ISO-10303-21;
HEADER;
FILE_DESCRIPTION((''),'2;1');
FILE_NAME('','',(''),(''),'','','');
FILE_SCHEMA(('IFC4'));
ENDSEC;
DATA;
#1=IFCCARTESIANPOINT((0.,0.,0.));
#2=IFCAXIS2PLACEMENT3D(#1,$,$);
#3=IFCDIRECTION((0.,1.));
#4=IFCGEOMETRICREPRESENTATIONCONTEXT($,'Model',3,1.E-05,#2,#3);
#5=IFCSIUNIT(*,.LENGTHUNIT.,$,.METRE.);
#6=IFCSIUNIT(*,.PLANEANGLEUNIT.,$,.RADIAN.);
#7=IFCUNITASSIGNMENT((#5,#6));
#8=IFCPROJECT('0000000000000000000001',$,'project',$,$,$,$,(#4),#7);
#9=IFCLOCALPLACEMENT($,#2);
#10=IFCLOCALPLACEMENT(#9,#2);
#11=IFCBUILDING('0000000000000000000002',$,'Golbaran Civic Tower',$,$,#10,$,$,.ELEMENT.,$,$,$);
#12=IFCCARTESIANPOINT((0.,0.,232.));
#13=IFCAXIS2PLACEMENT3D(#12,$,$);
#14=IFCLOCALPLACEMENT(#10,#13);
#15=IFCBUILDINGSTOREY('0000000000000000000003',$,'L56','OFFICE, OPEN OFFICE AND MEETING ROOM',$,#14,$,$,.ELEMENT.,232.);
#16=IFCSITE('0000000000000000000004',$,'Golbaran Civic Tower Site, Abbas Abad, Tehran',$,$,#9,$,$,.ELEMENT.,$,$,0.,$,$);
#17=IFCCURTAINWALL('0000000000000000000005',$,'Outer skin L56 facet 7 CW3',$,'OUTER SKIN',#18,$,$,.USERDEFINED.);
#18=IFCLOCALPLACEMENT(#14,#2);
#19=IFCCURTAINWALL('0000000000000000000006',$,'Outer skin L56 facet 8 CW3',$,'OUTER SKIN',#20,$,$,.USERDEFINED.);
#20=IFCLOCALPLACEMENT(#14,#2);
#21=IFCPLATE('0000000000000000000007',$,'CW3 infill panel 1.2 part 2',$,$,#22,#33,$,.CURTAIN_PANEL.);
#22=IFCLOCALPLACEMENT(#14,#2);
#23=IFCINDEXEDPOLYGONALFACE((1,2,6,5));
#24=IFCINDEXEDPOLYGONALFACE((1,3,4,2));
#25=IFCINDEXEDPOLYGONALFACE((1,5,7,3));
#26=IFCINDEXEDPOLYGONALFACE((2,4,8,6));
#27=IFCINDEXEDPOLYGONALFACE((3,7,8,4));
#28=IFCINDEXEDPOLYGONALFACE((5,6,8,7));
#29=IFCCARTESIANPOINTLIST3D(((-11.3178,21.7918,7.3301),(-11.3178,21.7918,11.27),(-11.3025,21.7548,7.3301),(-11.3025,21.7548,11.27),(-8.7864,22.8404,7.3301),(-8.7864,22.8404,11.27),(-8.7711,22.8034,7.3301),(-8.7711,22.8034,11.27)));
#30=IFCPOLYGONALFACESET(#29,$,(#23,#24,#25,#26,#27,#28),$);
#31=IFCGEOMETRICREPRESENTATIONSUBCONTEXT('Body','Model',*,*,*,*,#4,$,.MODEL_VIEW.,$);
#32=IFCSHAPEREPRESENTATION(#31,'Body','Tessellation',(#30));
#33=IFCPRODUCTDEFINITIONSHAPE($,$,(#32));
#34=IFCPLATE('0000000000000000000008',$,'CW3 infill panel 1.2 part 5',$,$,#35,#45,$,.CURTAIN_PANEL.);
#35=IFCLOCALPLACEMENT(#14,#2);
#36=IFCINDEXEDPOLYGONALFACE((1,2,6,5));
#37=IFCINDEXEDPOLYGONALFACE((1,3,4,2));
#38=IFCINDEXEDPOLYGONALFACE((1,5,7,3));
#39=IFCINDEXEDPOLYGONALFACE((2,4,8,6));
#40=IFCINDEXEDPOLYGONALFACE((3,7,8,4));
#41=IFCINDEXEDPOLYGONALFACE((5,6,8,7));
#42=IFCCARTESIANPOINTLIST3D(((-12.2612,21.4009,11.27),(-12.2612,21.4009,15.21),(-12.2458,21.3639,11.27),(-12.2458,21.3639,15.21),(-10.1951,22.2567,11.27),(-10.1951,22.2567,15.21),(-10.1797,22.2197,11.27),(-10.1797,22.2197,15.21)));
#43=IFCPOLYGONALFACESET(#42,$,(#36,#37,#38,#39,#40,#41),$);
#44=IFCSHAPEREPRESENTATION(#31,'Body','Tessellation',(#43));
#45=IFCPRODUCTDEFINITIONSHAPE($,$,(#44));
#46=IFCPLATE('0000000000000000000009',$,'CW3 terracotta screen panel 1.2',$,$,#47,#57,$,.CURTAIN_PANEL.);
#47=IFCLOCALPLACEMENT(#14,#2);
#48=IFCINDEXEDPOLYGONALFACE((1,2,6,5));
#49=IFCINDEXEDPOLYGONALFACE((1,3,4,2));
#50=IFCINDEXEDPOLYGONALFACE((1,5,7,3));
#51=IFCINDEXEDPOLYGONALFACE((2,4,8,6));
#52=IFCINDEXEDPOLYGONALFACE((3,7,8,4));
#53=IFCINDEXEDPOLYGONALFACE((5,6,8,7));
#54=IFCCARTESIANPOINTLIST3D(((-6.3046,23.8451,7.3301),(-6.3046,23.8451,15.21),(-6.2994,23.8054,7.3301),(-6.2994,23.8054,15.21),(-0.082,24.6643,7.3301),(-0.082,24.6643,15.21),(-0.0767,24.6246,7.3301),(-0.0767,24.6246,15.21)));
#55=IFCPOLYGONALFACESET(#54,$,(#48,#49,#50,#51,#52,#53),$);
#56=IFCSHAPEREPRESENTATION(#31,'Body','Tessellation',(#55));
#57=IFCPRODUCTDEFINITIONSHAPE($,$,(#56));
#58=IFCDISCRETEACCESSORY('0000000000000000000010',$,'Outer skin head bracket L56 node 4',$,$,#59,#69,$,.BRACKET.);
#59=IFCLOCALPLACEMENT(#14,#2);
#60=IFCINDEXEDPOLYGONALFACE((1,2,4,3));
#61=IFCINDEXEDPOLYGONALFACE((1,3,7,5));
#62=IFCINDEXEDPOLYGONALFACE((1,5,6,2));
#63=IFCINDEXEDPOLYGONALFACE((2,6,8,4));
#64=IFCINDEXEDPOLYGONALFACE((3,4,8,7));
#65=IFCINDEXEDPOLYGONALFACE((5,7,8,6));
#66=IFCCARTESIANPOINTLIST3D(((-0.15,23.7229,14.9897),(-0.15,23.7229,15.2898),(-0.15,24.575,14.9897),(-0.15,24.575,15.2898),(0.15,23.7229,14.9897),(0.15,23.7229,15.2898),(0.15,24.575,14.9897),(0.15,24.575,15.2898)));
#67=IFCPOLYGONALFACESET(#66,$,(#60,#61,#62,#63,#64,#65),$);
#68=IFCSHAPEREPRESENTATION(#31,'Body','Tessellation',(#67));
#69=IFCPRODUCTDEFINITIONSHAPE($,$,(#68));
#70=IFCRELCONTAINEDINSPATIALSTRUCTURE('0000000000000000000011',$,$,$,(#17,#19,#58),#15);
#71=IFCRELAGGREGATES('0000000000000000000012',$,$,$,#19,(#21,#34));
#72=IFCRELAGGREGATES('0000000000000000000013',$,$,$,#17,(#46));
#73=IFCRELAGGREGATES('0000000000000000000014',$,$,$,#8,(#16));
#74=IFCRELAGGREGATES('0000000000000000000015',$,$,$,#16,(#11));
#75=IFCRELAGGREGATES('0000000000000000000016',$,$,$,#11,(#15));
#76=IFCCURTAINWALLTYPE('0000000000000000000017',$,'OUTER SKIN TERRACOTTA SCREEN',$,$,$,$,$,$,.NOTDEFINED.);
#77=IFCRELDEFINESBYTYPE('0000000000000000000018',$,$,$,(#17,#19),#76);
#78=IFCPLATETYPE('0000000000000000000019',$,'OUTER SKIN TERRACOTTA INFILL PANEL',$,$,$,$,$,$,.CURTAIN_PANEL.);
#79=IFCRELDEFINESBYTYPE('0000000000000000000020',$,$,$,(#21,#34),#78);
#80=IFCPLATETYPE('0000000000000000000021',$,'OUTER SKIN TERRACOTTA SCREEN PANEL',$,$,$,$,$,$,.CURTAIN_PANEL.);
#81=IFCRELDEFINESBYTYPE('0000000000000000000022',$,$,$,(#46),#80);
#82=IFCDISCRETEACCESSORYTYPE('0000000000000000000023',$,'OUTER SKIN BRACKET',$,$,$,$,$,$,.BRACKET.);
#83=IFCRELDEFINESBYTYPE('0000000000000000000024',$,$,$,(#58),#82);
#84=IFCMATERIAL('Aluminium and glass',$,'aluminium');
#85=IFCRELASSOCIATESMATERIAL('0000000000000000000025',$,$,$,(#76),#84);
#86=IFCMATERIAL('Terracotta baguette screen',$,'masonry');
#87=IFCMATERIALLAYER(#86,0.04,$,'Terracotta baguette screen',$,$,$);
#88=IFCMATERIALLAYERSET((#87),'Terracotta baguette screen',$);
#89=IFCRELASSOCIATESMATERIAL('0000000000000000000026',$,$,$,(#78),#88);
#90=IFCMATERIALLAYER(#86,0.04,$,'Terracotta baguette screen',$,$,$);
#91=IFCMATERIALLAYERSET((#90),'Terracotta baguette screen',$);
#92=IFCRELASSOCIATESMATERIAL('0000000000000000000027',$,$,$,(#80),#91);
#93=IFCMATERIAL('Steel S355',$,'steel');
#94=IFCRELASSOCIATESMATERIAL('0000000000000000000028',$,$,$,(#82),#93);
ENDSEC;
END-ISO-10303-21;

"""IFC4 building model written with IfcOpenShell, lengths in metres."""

from ifc_helpers import new_model, si_unit, direction, frame, origin, origin_2d, place, context, subcontext, project, spatial, rectangle, extrude, material, layer, layer_set, type_object, element, aggregate, save


model = new_model("IFC4")

# Units and contexts
model_context = context("Model", 3, precision=1e-05, world=origin(), true_north=direction((0.0, 1.0)))
body_context = subcontext(model_context, "Body", "Model", "MODEL_VIEW")
ifc_project = project(units=[si_unit("LENGTHUNIT", "METRE"), si_unit("PLANEANGLEUNIT", "RADIAN")], contexts=[model_context])

# Site, building, storey
site_placement = place(None, origin())
site = spatial("IfcSite", under=ifc_project, at=site_placement, Name="Golbaran Civic Tower Site, Abbas Abad, Tehran", CompositionType="ELEMENT", RefElevation=0.0)
building_placement = place(site_placement, origin())
building = spatial("IfcBuilding", under=site, at=building_placement, Name="Golbaran Civic Tower", CompositionType="ELEMENT")
storey_placement = place(building_placement, frame((0.0, 0.0, 232.0)))
storey = spatial("IfcBuildingStorey", under=building, at=storey_placement, Name="L56", Description="OFFICE, OPEN OFFICE AND MEETING ROOM", CompositionType="ELEMENT", Elevation=232.0)

# Curtain walls
ifc_material_1 = material(Name="Aluminium and glass", Category="aluminium")
curtain_wall_type_1 = type_object("IfcCurtainWallType", Name="OUTER SKIN TERRACOTTA SCREEN", PredefinedType="NOTDEFINED", material=ifc_material_1)
curtain_wall_1_placement = place(storey_placement, origin())
curtain_wall_1 = element("IfcCurtainWall", 1, at=curtain_wall_1_placement, inside=storey, type_object=curtain_wall_type_1, Name="Outer skin L56 facet 7 CW3", ObjectType="OUTER SKIN", PredefinedType="USERDEFINED")
curtain_wall_2_placement = place(storey_placement, origin())
curtain_wall_2 = element("IfcCurtainWall", 2, at=curtain_wall_2_placement, inside=storey, type_object=curtain_wall_type_1, Name="Outer skin L56 facet 8 CW3", ObjectType="OUTER SKIN", PredefinedType="USERDEFINED")

# Plates
ifc_material_2 = material(Name="Terracotta baguette screen", Category="masonry")
ifc_layer_1 = layer(ifc_material_2, 0.04, Name="Terracotta baguette screen")
ifc_layer_set_1 = layer_set([ifc_layer_1], Name="Terracotta baguette screen")
plate_type_1 = type_object("IfcPlateType", Name="OUTER SKIN TERRACOTTA INFILL PANEL", PredefinedType="CURTAIN_PANEL", material=ifc_layer_set_1)
plate_1_placement = place(storey_placement, frame((-10.0444, 22.2976, 7.3301), z_axis=(0.0, 0.0, 1.0), x_axis=(-0.92388, -0.382683, 0.0)))
plate_1 = element("IfcPlate", 3, at=plate_1_placement, type_object=plate_type_1, Name="CW3 infill panel 1.2 part 2", PredefinedType="CURTAIN_PANEL", context=body_context, shape_type="SweptSolid", body=[
    extrude(rectangle(XDim=2.74, YDim=0.04, at=origin_2d()), origin(), (0.0, 0.0, 1.0), 3.9399),
])
plate_2_placement = place(storey_placement, frame((-11.2205, 21.8103, 11.27), z_axis=(0.0, 0.0, 1.0), x_axis=(-0.92388, -0.382683, 0.0)))
plate_2 = element("IfcPlate", 4, at=plate_2_placement, type_object=plate_type_1, Name="CW3 infill panel 1.2 part 5", PredefinedType="CURTAIN_PANEL", context=body_context, shape_type="SweptSolid", body=[
    extrude(rectangle(XDim=2.2363, YDim=0.04, at=origin_2d()), origin(), (0.0, 0.0, 1.0), 3.9399),
])
aggregate(curtain_wall_2, [plate_1, plate_2])
ifc_layer_2 = layer(ifc_material_2, 0.04, Name="Terracotta baguette screen")
ifc_layer_set_2 = layer_set([ifc_layer_2], Name="Terracotta baguette screen")
plate_type_2 = type_object("IfcPlateType", Name="OUTER SKIN TERRACOTTA SCREEN PANEL", PredefinedType="CURTAIN_PANEL", material=ifc_layer_set_2)
plate_3_placement = place(storey_placement, frame((-3.1907, 24.2349, 7.3301), z_axis=(0.0, 0.0, 1.0), x_axis=(-0.991445, -0.130526, 0.0)))
plate_3 = element("IfcPlate", 5, at=plate_3_placement, type_object=plate_type_2, Name="CW3 terracotta screen panel 1.2", PredefinedType="CURTAIN_PANEL", context=body_context, shape_type="SweptSolid", body=[
    extrude(rectangle(XDim=6.2764, YDim=0.04, at=origin_2d()), origin(), (0.0, 0.0, 1.0), 7.8799),
])
aggregate(curtain_wall_1, [plate_3])

# Discrete accessory
ifc_material_3 = material(Name="Steel S355", Category="steel")
discrete_accessory_type = type_object("IfcDiscreteAccessoryType", Name="OUTER SKIN BRACKET", PredefinedType="BRACKET", material=ifc_material_3)
discrete_accessory_placement = place(storey_placement, frame((0.0, 24.1489, 14.9897), z_axis=(0.0, 0.0, 1.0), x_axis=(0.0, 1.0, 0.0)))
element("IfcDiscreteAccessory", 6, at=discrete_accessory_placement, inside=storey, type_object=discrete_accessory_type, Name="Outer skin head bracket L56 node 4", PredefinedType="BRACKET", context=body_context, shape_type="SweptSolid", body=[
    extrude(rectangle(XDim=0.8521, YDim=0.3, at=origin_2d()), origin(), (0.0, 0.0, 1.0), 0.3),
])

save(model, "model.ifc")
